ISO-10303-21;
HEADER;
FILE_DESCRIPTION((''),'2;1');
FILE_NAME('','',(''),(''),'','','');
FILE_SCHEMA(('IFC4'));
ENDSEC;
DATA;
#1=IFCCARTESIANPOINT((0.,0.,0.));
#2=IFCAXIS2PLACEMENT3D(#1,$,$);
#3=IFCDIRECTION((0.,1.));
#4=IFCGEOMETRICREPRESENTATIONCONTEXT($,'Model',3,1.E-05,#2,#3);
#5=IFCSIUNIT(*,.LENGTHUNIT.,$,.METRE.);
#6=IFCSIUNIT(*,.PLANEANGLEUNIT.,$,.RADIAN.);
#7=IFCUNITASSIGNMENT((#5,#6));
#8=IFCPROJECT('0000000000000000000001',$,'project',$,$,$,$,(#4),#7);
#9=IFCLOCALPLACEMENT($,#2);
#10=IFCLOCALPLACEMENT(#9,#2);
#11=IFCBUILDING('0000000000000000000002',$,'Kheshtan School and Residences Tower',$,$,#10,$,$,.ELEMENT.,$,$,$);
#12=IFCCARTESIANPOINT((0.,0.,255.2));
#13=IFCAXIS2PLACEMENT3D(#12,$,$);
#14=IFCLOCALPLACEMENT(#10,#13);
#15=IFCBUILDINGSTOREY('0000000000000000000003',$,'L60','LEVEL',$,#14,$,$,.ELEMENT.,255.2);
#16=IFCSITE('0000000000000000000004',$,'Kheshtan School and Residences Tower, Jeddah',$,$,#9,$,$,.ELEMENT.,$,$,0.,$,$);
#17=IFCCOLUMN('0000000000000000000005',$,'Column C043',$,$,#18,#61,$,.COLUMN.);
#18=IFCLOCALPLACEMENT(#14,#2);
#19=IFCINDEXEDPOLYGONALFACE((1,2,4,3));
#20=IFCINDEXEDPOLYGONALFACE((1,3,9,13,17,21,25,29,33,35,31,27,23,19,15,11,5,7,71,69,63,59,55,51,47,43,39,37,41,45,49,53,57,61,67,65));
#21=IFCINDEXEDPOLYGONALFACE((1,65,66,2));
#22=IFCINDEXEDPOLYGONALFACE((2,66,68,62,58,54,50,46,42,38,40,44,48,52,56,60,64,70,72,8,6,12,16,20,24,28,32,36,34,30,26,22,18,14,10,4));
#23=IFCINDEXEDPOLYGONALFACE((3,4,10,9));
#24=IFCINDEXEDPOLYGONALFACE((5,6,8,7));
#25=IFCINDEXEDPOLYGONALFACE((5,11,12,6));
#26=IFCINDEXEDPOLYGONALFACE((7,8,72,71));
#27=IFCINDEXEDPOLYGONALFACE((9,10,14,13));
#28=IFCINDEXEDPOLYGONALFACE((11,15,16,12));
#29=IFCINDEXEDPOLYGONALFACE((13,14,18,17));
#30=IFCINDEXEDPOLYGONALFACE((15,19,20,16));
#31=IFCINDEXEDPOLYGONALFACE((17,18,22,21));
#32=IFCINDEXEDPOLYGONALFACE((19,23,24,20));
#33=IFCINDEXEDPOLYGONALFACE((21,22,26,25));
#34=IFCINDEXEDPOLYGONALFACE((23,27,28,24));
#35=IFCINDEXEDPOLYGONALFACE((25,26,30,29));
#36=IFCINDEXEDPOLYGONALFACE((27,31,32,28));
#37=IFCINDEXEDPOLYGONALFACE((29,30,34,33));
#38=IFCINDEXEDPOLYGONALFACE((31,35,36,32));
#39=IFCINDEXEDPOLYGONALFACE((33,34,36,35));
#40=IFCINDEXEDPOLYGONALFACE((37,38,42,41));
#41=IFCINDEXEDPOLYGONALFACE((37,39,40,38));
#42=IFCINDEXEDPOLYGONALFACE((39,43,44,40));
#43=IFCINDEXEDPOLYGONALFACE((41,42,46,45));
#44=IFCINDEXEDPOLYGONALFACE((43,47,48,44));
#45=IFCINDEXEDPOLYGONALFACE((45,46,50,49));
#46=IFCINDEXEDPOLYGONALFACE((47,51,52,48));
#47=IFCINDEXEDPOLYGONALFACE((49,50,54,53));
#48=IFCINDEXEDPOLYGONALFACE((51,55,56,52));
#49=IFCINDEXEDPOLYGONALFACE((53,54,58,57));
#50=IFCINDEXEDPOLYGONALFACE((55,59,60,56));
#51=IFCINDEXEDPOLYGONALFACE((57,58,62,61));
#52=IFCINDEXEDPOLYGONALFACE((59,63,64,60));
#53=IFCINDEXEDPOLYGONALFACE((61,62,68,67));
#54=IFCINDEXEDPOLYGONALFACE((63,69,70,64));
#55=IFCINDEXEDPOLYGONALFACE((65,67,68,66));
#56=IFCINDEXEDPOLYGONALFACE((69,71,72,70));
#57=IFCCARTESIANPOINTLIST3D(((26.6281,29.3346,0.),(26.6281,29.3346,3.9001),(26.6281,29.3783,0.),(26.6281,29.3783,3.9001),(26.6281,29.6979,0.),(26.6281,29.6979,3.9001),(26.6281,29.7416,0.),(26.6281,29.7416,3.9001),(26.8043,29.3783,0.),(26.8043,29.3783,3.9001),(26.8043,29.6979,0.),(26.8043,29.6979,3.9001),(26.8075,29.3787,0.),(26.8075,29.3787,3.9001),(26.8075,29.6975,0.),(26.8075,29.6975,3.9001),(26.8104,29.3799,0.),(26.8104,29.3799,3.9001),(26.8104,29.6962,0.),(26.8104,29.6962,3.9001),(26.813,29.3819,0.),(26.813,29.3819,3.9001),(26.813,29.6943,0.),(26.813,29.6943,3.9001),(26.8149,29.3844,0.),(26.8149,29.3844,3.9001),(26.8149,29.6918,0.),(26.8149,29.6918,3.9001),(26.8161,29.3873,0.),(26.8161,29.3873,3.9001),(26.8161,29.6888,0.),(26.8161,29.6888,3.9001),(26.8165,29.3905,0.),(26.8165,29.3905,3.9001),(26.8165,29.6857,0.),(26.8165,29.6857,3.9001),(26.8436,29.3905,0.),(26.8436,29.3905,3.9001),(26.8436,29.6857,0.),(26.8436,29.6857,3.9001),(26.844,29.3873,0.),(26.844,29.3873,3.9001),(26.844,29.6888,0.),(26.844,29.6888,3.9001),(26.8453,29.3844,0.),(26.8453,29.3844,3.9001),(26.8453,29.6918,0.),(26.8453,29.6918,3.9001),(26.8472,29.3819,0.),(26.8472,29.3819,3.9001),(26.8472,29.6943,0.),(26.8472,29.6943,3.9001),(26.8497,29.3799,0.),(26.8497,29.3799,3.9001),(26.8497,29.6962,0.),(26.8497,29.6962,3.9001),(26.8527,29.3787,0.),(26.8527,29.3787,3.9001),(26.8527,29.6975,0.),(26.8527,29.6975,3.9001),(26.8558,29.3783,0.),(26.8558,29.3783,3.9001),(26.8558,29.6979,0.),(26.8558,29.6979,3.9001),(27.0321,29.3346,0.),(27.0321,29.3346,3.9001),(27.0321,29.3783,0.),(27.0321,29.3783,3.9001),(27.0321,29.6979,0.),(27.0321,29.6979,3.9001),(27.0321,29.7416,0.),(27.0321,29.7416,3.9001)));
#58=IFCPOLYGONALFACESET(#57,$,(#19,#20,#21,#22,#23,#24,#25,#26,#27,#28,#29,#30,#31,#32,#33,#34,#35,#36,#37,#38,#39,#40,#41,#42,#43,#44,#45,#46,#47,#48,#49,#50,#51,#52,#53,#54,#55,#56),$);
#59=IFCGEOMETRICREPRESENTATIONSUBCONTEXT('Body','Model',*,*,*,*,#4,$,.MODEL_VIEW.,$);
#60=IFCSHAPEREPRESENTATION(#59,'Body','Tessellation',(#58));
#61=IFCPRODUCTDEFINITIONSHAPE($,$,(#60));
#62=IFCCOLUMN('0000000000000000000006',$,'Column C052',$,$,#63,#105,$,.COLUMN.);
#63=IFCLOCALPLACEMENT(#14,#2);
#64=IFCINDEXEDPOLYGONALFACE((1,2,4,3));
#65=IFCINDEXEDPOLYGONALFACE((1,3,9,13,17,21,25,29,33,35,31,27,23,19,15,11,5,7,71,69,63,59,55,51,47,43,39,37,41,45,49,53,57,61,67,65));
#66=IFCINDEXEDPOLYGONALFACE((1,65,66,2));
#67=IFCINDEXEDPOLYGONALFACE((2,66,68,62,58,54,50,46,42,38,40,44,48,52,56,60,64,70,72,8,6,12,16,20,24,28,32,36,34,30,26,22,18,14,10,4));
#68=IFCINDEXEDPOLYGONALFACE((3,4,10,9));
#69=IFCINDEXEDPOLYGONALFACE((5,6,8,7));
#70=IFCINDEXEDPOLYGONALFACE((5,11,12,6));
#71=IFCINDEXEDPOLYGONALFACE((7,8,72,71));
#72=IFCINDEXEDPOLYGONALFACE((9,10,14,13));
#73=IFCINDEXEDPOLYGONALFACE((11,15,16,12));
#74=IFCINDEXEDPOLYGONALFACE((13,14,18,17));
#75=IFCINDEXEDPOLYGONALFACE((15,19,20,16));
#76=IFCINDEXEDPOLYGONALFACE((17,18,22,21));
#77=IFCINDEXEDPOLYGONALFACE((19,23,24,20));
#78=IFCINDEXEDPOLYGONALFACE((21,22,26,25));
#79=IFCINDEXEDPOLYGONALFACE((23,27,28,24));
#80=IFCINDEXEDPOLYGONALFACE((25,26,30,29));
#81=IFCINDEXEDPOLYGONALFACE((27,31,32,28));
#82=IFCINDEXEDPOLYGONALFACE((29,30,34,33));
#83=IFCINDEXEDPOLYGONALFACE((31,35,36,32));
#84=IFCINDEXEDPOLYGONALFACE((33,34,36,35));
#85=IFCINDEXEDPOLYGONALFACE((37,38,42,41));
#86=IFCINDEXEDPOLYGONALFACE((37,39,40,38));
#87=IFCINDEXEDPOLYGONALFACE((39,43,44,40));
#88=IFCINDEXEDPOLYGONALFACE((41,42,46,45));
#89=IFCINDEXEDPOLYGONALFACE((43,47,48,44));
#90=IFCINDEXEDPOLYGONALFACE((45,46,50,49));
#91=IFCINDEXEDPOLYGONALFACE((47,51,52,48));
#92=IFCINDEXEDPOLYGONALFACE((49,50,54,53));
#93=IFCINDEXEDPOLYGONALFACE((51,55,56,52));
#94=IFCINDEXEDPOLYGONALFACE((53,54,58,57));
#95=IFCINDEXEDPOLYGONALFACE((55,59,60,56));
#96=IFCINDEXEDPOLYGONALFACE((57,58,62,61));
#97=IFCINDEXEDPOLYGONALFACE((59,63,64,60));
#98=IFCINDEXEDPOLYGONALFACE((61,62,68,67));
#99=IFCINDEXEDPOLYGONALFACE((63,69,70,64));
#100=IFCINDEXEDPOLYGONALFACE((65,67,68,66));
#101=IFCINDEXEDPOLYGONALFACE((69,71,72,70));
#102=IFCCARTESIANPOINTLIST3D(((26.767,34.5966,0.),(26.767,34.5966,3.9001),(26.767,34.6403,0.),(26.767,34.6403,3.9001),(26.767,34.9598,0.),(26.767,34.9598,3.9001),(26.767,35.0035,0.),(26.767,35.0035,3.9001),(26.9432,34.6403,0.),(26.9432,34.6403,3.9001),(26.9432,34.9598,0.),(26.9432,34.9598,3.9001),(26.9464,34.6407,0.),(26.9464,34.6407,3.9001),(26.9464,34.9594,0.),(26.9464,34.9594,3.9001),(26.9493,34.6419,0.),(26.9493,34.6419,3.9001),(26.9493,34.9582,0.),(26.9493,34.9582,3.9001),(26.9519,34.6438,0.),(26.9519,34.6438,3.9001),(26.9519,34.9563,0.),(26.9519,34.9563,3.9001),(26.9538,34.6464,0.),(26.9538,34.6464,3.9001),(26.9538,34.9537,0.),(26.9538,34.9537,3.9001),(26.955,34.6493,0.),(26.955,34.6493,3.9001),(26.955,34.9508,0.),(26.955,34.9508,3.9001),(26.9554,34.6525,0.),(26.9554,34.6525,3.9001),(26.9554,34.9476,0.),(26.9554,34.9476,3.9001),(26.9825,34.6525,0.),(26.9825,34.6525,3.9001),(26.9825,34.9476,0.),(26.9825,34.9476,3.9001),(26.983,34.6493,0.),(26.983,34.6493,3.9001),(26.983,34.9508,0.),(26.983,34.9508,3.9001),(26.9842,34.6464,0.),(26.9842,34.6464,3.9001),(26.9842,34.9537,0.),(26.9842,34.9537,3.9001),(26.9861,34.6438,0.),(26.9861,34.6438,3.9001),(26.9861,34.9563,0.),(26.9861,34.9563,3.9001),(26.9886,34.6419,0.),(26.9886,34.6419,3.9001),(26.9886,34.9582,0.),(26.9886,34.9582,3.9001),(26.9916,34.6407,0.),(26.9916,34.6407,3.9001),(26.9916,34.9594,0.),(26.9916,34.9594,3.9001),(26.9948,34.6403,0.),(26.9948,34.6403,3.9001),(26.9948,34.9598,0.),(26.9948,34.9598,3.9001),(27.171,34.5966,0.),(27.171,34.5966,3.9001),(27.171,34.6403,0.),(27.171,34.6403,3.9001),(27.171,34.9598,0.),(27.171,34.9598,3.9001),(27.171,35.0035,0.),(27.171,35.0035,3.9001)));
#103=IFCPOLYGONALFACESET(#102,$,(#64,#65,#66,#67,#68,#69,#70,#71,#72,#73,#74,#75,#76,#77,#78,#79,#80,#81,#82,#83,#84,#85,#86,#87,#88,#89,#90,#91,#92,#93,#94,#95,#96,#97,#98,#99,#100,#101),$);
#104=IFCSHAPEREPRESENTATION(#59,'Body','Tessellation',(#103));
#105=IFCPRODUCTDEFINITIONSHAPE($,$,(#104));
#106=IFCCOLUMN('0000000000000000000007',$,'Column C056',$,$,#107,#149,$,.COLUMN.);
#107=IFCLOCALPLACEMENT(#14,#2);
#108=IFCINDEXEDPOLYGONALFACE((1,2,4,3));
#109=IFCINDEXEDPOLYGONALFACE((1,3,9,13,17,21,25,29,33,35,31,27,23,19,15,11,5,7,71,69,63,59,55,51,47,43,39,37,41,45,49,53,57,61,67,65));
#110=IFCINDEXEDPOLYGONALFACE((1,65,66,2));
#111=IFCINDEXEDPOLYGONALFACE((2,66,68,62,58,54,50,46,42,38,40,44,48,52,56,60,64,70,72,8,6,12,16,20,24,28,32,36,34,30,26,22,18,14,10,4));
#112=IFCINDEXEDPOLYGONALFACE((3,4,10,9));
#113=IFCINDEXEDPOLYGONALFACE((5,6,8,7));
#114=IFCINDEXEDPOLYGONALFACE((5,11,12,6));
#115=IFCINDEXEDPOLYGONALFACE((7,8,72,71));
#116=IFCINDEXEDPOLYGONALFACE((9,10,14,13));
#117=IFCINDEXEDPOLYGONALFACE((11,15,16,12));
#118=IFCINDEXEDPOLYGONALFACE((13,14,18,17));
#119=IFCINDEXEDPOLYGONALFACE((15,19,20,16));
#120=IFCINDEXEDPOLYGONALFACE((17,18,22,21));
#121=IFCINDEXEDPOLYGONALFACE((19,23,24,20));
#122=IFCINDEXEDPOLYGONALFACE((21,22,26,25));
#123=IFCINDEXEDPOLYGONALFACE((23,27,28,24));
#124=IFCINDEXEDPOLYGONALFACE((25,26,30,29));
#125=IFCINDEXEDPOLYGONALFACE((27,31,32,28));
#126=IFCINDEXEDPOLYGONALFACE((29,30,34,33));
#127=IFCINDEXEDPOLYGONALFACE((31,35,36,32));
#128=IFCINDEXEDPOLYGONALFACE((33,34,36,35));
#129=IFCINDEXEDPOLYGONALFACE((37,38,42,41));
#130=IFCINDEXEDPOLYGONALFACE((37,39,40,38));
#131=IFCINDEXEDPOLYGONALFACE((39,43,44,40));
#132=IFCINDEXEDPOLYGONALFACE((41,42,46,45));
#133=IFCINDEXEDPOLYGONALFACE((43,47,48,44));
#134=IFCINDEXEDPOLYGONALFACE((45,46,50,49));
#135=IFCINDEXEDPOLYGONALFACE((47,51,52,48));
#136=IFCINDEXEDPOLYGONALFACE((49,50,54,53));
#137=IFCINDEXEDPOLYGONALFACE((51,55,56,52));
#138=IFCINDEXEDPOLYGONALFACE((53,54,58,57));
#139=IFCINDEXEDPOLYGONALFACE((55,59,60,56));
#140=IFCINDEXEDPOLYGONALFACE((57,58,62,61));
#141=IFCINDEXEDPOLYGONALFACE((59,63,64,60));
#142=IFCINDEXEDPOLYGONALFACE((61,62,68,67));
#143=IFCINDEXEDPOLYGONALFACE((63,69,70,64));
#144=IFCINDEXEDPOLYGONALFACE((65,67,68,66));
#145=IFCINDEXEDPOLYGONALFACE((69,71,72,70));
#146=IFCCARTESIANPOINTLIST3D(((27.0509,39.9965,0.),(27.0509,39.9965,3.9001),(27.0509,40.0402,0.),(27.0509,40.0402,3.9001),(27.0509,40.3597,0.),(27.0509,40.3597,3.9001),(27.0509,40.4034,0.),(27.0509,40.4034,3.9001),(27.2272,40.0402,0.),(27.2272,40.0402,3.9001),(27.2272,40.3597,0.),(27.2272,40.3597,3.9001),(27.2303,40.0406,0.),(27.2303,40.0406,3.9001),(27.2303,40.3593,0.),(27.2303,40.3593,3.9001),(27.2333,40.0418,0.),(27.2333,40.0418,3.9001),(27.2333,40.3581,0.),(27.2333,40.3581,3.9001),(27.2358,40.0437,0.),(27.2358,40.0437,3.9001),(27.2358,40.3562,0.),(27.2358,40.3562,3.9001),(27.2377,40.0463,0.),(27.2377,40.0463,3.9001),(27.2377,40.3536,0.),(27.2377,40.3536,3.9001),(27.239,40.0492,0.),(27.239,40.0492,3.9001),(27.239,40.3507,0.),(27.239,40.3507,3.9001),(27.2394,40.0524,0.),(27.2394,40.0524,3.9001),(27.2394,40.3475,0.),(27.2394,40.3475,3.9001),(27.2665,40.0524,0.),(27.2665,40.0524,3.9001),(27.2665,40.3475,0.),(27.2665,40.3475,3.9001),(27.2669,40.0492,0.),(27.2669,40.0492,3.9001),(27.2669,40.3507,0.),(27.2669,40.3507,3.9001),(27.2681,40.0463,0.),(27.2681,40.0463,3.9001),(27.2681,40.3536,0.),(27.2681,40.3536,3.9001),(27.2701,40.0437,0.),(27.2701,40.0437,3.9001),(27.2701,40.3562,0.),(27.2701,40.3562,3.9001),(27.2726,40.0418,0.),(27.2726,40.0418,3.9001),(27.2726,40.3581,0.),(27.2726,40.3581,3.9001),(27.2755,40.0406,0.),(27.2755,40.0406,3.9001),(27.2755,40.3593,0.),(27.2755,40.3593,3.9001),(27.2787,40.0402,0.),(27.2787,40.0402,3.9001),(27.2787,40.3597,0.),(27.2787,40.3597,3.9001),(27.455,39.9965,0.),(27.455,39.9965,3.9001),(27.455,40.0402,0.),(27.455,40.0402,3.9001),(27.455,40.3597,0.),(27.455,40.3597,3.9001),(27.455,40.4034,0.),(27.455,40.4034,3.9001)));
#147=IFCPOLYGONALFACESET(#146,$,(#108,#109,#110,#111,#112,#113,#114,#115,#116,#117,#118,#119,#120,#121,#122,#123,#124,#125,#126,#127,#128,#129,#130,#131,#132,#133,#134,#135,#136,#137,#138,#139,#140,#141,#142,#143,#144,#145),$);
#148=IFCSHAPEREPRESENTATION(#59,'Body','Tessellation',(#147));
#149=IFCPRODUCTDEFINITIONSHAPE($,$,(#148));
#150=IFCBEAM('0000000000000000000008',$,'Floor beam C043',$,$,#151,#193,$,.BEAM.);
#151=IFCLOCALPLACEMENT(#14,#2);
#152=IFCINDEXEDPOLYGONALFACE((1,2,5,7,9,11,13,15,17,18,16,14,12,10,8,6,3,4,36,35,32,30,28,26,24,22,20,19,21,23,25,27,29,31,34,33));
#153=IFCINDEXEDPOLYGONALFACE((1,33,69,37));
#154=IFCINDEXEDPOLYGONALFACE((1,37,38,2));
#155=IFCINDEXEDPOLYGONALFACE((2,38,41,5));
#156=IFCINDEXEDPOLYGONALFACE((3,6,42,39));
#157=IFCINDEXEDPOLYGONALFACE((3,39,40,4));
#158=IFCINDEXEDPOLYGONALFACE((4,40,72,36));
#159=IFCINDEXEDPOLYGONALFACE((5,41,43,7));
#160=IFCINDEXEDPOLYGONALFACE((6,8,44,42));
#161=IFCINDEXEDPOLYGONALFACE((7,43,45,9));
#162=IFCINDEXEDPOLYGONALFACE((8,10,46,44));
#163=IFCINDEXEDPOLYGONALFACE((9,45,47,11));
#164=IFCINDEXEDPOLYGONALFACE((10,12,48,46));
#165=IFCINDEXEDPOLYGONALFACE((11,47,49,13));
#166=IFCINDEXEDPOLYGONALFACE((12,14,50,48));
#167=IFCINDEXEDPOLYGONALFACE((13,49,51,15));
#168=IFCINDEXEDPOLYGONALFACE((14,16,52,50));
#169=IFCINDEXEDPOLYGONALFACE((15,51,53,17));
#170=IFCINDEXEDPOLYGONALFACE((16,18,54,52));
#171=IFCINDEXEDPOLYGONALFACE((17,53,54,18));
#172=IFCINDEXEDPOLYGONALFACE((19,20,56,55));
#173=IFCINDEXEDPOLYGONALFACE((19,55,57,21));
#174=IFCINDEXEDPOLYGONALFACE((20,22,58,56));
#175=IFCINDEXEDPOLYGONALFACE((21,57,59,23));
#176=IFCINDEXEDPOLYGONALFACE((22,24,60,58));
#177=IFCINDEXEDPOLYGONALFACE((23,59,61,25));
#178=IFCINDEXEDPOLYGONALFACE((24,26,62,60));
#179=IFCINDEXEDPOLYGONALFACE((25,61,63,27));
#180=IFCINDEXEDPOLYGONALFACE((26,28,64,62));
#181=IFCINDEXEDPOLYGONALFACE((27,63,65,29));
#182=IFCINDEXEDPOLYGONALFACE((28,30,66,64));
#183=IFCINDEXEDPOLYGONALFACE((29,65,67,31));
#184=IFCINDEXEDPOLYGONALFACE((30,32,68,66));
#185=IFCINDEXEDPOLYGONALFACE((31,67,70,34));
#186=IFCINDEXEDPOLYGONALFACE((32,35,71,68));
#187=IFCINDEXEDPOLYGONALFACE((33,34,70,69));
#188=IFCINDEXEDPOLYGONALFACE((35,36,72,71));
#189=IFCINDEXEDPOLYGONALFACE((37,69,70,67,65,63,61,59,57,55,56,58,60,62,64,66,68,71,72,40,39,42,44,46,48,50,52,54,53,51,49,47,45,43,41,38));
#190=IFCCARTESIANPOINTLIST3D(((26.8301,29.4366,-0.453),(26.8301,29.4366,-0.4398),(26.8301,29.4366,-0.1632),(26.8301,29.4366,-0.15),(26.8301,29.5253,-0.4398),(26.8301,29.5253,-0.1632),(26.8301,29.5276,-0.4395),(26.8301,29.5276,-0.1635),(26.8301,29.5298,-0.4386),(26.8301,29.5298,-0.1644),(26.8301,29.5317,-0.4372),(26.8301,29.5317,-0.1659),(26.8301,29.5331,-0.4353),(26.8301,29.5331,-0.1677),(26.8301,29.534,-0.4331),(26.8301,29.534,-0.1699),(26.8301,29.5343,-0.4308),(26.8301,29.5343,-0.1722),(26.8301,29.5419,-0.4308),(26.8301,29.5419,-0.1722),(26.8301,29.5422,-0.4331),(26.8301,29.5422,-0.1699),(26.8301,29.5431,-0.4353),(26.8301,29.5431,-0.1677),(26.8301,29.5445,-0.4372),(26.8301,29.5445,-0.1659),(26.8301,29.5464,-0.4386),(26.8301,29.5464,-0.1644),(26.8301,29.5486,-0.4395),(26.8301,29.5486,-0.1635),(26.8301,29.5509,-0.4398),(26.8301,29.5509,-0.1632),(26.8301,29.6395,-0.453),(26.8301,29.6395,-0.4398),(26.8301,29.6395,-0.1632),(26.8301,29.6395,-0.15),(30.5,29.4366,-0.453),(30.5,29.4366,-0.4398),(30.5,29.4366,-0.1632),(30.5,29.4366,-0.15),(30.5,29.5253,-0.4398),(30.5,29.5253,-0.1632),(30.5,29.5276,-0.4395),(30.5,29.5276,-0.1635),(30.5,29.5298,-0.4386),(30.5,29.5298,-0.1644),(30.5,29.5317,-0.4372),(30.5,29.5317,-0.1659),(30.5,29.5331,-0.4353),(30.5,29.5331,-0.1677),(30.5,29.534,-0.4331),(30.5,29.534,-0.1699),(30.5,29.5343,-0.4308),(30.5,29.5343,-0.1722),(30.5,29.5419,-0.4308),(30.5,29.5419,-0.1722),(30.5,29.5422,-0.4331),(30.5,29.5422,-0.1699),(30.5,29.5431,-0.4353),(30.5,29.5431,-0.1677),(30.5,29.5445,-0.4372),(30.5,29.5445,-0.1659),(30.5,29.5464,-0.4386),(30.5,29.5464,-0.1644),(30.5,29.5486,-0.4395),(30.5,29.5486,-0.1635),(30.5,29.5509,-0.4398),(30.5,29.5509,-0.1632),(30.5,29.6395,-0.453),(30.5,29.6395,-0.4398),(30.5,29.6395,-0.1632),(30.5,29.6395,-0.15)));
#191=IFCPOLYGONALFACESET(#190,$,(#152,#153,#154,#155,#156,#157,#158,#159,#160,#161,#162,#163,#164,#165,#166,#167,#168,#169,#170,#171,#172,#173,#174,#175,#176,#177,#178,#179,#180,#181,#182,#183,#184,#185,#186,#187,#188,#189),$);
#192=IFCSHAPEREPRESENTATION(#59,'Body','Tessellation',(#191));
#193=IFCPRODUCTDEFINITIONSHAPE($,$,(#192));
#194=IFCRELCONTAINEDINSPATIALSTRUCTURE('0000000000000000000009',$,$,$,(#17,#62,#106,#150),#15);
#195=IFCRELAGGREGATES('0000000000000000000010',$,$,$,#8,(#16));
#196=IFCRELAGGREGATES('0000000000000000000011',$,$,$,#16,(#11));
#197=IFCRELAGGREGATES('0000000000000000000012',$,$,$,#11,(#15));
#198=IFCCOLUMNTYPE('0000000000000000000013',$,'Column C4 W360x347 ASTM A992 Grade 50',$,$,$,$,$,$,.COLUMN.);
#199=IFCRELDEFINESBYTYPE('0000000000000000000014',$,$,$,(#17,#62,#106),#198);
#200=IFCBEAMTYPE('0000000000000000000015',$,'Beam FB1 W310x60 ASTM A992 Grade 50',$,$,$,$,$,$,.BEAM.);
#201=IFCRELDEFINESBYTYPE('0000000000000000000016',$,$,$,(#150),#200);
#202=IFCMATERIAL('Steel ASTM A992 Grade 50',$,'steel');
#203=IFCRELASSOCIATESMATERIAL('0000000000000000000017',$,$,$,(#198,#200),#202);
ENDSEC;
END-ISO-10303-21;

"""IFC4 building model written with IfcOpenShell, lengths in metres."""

from ifc_helpers import new_model, si_unit, direction, frame, origin, origin_2d, place, context, subcontext, project, spatial, i_section, extrude, material, material_profile, profile_set, type_object, element, save


model = new_model("IFC4")

# Units and contexts
model_context = context("Model", 3, precision=1e-05, world=origin(), true_north=direction((0.0, 1.0)))
body_context = subcontext(model_context, "Body", "Model", "MODEL_VIEW")
ifc_project = project(units=[si_unit("LENGTHUNIT", "METRE"), si_unit("PLANEANGLEUNIT", "RADIAN")], contexts=[model_context])

# Site, building, storey
site_placement = place(None, origin())
site = spatial("IfcSite", under=ifc_project, at=site_placement, Name="Kheshtan School and Residences Tower, Jeddah", CompositionType="ELEMENT", RefElevation=0.0)
building_placement = place(site_placement, origin())
building = spatial("IfcBuilding", under=site, at=building_placement, Name="Kheshtan School and Residences Tower", CompositionType="ELEMENT")
storey_placement = place(building_placement, frame((0.0, 0.0, 255.2)))
storey = spatial("IfcBuildingStorey", under=building, at=storey_placement, Name="L60", Description="LEVEL", CompositionType="ELEMENT", Elevation=255.2)

# Columns
ifc_material_1 = material(Name="Steel ASTM A992 Grade 50", Category="steel")
ifc_material_profile_1 = material_profile(ifc_material_1, i_section(OverallWidth=0.4041, OverallDepth=0.407, WebThickness=0.0271, FlangeThickness=0.0437, FilletRadius=0.0122, at=origin_2d()), Name="W360x347")
ifc_profile_set_1 = profile_set([ifc_material_profile_1], Name="Steel ASTM A992 Grade 50")
column_type = type_object("IfcColumnType", Name="Column C4 W360x347 ASTM A992 Grade 50", PredefinedType="COLUMN", material=ifc_profile_set_1)
for number, where, z_axis, x_axis, name in (
    (1, (26.8301, 29.5381, 0.0), (0.0, 0.0, 1.0), (1.0, 0.0, 0.0), "Column C043"),
    (2, (26.969, 34.8, 0.0), (0.0, 0.0, 1.0), (1.0, 0.0, 0.0), "Column C052"),
    (3, (27.2529, 40.2, 0.0), (0.0, 0.0, 1.0), (1.0, 0.0, 0.0), "Column C056"),
):
    element("IfcColumn", number, at=place(storey_placement, frame(where, z_axis=z_axis, x_axis=x_axis)), inside=storey, type_object=column_type, Name=name, PredefinedType="COLUMN", context=body_context, shape_type="SweptSolid", body=[
        extrude(i_section(OverallWidth=0.4041, OverallDepth=0.407, WebThickness=0.0271, FlangeThickness=0.0437, FilletRadius=0.0122, at=origin_2d()), origin(), (0.0, 0.0, 1.0), 3.9001),
    ])

# Beam
ifc_material_profile_2 = material_profile(ifc_material_1, i_section(OverallWidth=0.2029, OverallDepth=0.303, WebThickness=0.0076, FlangeThickness=0.0132, FilletRadius=0.009, at=origin_2d()), Name="W310x60")
ifc_profile_set_2 = profile_set([ifc_material_profile_2], Name="Steel ASTM A992 Grade 50")
beam_type_1 = type_object("IfcBeamType", Name="Beam FB1 W310x60 ASTM A992 Grade 50", PredefinedType="BEAM", material=ifc_profile_set_2)
beam_1_placement = place(storey_placement, frame((26.8301, 29.5381, -0.3015), z_axis=(1.0, 0.0, 0.0), x_axis=(0.0, 1.0, 0.0)))
element("IfcBeam", 4, at=beam_1_placement, inside=storey, type_object=beam_type_1, Name="Floor beam C043", PredefinedType="BEAM", context=body_context, shape_type="SweptSolid", body=[
    extrude(i_section(OverallWidth=0.2029, OverallDepth=0.303, WebThickness=0.0076, FlangeThickness=0.0132, FilletRadius=0.009, at=origin_2d()), origin(), (0.0, 0.0, 1.0), 3.6699),
])

save(model, "model.ifc")
